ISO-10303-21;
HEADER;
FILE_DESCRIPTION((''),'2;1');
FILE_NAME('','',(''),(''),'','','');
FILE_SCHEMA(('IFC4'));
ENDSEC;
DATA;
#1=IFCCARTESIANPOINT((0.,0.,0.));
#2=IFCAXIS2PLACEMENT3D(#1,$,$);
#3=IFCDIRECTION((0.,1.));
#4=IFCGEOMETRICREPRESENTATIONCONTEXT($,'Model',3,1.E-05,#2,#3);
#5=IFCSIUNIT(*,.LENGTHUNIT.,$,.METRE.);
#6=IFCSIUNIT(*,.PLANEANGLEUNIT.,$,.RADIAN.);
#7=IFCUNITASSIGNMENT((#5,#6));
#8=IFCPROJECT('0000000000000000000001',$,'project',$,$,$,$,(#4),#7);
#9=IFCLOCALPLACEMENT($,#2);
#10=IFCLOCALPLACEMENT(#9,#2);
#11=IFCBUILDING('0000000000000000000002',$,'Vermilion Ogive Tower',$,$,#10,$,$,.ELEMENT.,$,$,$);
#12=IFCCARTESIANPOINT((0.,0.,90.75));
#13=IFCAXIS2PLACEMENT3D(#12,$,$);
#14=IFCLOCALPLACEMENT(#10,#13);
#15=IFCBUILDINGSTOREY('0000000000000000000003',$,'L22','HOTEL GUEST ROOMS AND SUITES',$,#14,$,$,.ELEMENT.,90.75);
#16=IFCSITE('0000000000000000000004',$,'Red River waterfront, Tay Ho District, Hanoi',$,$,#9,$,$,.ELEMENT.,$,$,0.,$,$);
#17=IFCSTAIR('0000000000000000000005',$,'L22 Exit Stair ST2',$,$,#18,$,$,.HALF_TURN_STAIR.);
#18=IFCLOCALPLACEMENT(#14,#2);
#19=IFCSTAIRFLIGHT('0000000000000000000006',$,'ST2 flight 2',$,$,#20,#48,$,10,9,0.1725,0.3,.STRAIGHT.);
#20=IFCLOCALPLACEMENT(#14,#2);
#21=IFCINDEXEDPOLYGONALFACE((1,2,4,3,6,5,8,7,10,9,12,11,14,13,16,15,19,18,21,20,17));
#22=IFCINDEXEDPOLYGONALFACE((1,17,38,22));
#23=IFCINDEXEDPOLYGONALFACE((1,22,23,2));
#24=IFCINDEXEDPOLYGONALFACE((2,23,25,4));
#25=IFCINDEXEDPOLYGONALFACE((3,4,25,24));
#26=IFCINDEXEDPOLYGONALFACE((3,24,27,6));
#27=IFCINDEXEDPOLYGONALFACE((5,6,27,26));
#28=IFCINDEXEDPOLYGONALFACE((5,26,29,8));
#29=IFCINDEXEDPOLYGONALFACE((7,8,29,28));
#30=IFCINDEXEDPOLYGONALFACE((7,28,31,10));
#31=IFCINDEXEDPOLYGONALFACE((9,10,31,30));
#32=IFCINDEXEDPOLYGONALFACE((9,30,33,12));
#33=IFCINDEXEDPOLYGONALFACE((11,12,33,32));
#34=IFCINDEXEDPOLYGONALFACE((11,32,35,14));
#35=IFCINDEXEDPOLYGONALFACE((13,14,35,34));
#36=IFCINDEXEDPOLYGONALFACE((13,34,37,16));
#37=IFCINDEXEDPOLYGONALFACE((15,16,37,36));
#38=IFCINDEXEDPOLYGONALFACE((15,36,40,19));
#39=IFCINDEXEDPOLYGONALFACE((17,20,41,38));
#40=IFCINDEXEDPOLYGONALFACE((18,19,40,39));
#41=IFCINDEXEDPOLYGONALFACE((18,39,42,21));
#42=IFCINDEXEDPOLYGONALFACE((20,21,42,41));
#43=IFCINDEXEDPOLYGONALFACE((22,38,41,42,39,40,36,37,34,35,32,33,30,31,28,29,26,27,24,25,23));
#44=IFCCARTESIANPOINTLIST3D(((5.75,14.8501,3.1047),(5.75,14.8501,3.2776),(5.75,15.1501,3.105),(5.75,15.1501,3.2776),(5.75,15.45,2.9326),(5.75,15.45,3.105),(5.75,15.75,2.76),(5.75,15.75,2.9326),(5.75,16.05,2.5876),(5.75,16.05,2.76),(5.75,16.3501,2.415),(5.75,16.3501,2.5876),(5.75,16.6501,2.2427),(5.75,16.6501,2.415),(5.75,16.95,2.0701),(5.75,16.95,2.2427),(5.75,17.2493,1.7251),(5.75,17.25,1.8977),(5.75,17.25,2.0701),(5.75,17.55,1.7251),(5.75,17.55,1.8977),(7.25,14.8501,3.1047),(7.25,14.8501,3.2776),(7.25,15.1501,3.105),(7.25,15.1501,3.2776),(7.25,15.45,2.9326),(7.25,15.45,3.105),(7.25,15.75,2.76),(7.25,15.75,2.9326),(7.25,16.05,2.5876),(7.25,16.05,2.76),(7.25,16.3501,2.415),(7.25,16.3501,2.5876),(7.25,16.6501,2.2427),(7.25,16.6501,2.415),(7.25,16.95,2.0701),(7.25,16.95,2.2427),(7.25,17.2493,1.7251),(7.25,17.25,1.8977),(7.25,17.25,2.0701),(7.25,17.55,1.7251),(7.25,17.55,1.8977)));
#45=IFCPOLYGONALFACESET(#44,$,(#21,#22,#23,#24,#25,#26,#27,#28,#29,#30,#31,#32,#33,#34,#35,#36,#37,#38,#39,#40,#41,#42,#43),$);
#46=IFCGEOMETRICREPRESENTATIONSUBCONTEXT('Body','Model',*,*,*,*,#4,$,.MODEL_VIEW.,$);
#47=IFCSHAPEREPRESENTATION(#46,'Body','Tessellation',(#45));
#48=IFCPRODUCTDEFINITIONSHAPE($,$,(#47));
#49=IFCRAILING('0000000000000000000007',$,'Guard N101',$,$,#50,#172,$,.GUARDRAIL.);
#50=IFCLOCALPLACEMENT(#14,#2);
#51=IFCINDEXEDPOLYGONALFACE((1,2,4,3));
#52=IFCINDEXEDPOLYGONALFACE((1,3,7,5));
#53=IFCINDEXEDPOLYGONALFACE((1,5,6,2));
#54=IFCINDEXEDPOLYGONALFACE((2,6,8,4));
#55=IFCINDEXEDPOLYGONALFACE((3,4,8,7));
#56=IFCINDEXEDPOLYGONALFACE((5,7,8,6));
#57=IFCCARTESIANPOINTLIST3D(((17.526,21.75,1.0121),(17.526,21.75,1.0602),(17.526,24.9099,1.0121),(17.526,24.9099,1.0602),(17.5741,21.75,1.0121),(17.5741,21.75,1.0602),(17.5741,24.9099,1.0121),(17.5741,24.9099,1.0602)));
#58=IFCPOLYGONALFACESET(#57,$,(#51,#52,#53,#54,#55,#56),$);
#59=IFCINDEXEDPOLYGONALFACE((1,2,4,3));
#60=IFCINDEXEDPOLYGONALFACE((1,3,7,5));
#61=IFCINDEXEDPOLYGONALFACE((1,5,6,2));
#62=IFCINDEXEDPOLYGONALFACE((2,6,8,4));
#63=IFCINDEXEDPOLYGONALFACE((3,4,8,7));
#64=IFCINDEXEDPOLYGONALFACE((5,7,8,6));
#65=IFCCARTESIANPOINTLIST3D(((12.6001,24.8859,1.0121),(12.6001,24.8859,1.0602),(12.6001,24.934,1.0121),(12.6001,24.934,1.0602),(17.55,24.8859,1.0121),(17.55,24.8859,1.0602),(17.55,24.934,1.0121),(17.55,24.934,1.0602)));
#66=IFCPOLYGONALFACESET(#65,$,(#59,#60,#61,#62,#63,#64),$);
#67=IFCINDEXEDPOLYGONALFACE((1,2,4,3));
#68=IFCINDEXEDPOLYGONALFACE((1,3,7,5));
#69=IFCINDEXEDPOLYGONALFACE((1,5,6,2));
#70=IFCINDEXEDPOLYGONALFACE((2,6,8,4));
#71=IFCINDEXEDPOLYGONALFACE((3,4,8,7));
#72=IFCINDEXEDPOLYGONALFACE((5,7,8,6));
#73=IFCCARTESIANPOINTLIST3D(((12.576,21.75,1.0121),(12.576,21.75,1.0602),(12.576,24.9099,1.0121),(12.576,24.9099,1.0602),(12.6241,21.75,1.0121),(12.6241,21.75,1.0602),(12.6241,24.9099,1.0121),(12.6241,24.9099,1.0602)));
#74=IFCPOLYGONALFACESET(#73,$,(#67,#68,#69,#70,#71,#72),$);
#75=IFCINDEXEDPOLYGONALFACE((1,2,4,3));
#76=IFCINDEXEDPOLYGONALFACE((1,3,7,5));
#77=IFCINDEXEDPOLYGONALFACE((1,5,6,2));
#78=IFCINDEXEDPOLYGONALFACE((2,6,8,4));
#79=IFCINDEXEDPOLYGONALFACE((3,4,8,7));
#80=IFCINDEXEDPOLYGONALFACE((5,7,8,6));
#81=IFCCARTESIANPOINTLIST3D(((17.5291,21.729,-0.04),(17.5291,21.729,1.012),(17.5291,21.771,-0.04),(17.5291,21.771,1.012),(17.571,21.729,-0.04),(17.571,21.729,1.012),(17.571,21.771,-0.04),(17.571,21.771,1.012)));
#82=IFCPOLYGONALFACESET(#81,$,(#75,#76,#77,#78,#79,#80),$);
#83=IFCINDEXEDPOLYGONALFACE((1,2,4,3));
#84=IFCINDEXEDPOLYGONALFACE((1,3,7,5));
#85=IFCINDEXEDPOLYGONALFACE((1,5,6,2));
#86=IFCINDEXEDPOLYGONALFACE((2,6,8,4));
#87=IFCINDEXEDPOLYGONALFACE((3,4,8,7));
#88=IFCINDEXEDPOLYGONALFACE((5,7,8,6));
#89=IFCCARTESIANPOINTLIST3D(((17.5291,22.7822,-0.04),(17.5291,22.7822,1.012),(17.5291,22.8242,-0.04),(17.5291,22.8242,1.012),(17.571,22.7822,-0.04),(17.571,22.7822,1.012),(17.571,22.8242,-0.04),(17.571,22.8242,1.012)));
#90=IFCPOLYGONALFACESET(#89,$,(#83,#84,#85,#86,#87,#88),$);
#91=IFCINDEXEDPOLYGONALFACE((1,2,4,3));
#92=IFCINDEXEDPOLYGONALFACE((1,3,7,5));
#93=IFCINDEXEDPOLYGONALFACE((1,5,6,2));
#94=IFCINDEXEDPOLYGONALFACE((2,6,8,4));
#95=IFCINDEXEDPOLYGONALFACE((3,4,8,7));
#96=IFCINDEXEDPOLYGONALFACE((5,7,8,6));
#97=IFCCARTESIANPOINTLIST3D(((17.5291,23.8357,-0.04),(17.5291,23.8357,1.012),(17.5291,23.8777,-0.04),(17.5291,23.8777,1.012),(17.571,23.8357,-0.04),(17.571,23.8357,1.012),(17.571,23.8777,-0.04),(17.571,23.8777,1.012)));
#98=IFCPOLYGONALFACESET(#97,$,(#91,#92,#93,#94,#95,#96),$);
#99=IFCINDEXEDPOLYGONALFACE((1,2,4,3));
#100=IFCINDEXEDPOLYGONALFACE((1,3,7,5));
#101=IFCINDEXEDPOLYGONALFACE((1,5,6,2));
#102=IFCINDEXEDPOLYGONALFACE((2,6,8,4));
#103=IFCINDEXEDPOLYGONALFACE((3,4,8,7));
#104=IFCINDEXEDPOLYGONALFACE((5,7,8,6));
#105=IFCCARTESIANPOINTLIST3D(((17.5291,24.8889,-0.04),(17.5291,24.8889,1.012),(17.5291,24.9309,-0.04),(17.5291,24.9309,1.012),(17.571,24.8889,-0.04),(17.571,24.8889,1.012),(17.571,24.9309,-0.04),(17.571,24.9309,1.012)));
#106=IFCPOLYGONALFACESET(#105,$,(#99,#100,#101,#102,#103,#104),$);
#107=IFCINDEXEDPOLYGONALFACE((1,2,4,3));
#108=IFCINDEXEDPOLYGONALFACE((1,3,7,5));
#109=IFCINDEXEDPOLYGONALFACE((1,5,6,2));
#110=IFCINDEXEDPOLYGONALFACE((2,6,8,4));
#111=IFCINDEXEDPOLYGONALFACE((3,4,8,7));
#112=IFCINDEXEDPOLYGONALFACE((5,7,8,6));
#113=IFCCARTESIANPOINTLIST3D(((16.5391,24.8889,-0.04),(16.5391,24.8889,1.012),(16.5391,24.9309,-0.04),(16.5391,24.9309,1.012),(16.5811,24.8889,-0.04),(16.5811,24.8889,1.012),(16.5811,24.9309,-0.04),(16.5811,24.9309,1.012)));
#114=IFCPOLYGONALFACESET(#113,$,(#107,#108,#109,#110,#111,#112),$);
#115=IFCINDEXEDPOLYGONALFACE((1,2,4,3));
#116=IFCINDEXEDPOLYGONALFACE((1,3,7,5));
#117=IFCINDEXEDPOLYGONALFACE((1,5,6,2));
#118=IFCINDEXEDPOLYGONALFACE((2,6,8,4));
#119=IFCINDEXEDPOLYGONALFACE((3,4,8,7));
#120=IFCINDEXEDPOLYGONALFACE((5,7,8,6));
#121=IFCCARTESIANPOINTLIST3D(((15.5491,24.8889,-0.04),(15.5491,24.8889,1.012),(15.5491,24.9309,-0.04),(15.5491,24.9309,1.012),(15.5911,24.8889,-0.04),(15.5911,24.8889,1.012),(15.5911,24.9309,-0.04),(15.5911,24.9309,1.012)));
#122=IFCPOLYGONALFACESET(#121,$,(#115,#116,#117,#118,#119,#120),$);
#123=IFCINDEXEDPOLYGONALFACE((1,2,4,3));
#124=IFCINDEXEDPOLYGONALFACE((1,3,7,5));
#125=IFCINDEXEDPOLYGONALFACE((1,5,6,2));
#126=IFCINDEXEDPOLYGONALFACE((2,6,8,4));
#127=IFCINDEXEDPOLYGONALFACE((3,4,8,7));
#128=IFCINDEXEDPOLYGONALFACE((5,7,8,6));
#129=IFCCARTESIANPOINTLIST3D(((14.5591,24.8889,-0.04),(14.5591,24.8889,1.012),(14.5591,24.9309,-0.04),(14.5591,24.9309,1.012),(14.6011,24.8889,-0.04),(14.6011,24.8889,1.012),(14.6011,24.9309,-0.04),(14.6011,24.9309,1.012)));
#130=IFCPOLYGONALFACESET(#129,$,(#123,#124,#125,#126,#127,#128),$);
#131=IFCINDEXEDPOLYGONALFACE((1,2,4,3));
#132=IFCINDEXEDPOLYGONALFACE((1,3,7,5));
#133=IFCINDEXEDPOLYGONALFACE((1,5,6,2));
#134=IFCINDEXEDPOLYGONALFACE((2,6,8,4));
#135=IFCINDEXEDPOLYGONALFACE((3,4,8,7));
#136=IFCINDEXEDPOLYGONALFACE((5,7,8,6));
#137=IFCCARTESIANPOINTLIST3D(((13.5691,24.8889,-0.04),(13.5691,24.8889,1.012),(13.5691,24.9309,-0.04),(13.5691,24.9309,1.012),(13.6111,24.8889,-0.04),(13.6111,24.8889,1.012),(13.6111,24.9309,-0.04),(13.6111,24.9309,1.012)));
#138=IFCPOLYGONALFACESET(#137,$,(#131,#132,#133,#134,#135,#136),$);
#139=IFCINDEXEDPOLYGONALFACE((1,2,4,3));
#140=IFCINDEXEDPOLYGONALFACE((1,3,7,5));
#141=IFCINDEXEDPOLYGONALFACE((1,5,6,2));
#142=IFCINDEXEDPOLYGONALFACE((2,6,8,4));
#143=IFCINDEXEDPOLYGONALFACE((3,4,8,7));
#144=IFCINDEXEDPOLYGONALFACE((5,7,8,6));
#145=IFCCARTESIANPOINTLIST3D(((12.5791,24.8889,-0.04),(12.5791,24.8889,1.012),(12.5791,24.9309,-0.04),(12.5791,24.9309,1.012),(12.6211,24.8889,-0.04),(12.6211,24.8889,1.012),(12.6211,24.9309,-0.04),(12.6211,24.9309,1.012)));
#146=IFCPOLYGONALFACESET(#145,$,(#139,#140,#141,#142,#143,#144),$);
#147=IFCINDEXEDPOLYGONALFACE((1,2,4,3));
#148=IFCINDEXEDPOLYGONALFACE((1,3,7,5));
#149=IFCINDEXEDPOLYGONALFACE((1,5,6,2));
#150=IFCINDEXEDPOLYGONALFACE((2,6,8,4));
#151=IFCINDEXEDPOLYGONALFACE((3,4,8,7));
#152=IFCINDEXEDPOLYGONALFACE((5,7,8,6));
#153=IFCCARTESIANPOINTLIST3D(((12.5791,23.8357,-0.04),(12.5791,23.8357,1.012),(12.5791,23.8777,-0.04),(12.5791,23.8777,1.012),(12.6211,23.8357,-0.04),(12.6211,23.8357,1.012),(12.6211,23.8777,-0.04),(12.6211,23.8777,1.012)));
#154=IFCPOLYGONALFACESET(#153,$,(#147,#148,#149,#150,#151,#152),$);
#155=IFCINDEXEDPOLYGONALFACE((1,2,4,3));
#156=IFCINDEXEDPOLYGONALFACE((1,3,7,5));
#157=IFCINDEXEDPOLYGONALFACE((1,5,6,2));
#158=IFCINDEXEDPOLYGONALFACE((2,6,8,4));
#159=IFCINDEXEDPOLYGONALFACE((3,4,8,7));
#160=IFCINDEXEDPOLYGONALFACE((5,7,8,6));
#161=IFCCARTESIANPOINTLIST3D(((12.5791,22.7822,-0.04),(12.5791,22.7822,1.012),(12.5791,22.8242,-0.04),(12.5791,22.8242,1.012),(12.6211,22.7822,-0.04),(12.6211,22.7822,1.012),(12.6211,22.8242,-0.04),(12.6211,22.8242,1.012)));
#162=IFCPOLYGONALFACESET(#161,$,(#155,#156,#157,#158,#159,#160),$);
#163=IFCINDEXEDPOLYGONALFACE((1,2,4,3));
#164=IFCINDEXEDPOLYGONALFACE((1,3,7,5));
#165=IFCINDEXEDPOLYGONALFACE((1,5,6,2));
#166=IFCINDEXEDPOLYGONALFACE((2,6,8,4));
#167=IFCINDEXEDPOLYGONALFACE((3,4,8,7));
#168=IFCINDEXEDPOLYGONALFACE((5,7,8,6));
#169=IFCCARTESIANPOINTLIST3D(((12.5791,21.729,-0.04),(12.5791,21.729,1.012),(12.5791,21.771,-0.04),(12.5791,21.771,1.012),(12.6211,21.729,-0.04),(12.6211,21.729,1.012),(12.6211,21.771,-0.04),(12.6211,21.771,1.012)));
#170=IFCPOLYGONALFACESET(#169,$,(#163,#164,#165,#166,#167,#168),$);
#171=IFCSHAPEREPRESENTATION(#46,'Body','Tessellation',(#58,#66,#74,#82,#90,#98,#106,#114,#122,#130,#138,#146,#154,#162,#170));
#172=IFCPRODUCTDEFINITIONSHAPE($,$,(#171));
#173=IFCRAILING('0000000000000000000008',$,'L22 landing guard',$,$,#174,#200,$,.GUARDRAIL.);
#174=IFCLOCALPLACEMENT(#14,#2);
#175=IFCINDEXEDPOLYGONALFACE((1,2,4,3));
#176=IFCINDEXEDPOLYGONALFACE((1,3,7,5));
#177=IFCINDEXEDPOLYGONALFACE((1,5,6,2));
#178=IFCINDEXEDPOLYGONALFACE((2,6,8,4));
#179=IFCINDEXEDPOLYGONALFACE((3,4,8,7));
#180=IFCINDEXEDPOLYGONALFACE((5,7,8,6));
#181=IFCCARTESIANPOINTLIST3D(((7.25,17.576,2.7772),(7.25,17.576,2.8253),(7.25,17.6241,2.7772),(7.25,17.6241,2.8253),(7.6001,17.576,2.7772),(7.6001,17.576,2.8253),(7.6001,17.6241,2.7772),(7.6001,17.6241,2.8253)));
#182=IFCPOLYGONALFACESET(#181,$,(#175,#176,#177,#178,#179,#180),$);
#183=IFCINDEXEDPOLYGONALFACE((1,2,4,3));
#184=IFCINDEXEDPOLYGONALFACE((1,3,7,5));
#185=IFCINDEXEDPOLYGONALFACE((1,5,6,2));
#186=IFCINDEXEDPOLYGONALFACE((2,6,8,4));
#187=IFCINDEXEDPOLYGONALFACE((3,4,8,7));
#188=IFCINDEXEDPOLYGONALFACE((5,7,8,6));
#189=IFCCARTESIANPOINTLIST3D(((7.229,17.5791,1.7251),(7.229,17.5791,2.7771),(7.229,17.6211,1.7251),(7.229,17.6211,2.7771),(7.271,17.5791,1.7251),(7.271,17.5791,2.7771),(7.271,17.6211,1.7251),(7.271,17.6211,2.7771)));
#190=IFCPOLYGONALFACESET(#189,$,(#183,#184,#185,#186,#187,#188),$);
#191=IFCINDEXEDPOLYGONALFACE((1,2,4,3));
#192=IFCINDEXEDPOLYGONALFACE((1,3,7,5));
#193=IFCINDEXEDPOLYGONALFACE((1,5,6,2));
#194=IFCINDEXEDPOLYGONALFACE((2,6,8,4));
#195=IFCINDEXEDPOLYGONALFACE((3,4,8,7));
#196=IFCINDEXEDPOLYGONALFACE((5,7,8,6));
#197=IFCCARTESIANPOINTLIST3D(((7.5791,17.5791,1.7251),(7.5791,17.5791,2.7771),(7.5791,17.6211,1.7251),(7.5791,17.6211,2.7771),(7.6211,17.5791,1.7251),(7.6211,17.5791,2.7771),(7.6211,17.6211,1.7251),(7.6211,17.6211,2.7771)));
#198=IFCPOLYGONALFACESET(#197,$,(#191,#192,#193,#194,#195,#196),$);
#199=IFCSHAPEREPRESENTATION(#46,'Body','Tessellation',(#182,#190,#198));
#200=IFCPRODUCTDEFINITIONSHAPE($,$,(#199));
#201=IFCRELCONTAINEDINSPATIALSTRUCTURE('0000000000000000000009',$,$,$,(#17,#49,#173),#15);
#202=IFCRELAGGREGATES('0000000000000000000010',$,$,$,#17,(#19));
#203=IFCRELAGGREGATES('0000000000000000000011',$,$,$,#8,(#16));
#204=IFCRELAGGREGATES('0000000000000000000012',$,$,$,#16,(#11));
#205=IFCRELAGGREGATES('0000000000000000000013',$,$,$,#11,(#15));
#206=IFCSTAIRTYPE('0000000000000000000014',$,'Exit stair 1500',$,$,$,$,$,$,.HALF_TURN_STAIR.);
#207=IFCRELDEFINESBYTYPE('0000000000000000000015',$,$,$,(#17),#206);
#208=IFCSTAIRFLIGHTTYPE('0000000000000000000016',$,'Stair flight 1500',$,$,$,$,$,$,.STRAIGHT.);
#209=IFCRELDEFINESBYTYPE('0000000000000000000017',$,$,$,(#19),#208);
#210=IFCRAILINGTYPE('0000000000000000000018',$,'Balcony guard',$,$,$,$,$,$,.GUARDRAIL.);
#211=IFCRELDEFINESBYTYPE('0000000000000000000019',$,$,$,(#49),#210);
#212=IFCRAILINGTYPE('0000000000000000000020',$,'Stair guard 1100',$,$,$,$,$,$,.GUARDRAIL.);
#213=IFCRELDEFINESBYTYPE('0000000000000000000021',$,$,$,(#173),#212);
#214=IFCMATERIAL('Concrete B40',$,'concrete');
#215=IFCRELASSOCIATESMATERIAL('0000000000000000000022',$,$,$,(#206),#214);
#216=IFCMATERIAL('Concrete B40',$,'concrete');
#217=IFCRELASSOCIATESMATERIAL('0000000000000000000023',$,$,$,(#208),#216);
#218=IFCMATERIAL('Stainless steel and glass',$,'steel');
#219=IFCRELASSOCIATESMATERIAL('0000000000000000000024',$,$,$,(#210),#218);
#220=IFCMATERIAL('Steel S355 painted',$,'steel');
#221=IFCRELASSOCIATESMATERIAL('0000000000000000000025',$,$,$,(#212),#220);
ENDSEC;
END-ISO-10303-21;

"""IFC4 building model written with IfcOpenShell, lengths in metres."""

from ifc_helpers import new_model, si_unit, direction, frame, origin, origin_2d, place, context, subcontext, project, spatial, polyline, rectangle, outline, extrude, material, type_object, element, aggregate, save


model = new_model("IFC4")

# Units and contexts
model_context = context("Model", 3, precision=1e-05, world=origin(), true_north=direction((0.0, 1.0)))
body_context = subcontext(model_context, "Body", "Model", "MODEL_VIEW")
ifc_project = project(units=[si_unit("LENGTHUNIT", "METRE"), si_unit("PLANEANGLEUNIT", "RADIAN")], contexts=[model_context])

# Site, building, storey
site_placement = place(None, origin())
site = spatial("IfcSite", under=ifc_project, at=site_placement, Name="Red River waterfront, Tay Ho District, Hanoi", CompositionType="ELEMENT", RefElevation=0.0)
building_placement = place(site_placement, origin())
building = spatial("IfcBuilding", under=site, at=building_placement, Name="Vermilion Ogive Tower", CompositionType="ELEMENT")
storey_placement = place(building_placement, frame((0.0, 0.0, 90.75)))
storey = spatial("IfcBuildingStorey", under=building, at=storey_placement, Name="L22", Description="HOTEL GUEST ROOMS AND SUITES", CompositionType="ELEMENT", Elevation=90.75)

# Stair, stair flight
ifc_material_1 = material(Name="Concrete B40", Category="concrete")
stair_type = type_object("IfcStairType", Name="Exit stair 1500", PredefinedType="HALF_TURN_STAIR", material=ifc_material_1)
stair_placement = place(storey_placement, origin())
stair = element("IfcStair", 1, at=stair_placement, inside=storey, type_object=stair_type, Name="L22 Exit Stair ST2", PredefinedType="HALF_TURN_STAIR")
ifc_material_2 = material(Name="Concrete B40", Category="concrete")
stair_flight_type = type_object("IfcStairFlightType", Name="Stair flight 1500", PredefinedType="STRAIGHT", material=ifc_material_2)
stair_flight_placement = place(storey_placement, frame((6.5, 17.55, 1.7251), z_axis=(0.0, 0.0, 1.0), x_axis=(0.0, -1.0, 0.0)))
stair_flight = element("IfcStairFlight", 2, at=stair_flight_placement, type_object=stair_flight_type, Name="ST2 flight 2", NumberOfRisers=10, NumberOfTreads=9, PredefinedType="STRAIGHT", RiserHeight=0.1725, TreadLength=0.3, context=body_context, shape_type="SweptSolid", body=[
    extrude(outline(polyline([(0.0, 0.0), (0.0, 0.1726), (0.3, 0.1726), (0.3, 0.345), (0.6001, 0.345), (0.6001, 0.5176), (0.8999, 0.5176), (0.8999, 0.6899), (1.2, 0.6899), (1.2, 0.8625), (1.5, 0.8625), (1.5, 1.0349), (1.8, 1.0349), (1.8, 1.2075), (2.1001, 1.2075), (2.1001, 1.3799), (2.3999, 1.3799), (2.3999, 1.5525), (2.7, 1.5525), (2.7, 1.7251), (2.7, 1.3796), (0.3008, 0.0), (0.0, 0.0)])), frame((0.0, 0.75, 0.0), z_axis=(0.0, -1.0, 0.0), x_axis=(1.0, 0.0, 0.0)), (0.0, 0.0, 1.0), 1.5),
])
aggregate(stair, [stair_flight])

# Railings
ifc_material_3 = material(Name="Stainless steel and glass", Category="steel")
railing_type_1 = type_object("IfcRailingType", Name="Balcony guard", PredefinedType="GUARDRAIL", material=ifc_material_3)
railing_1_placement = place(storey_placement, frame((17.55, 21.75, -0.04)))
element("IfcRailing", 3, at=railing_1_placement, inside=storey, type_object=railing_type_1, Name="Guard N101", PredefinedType="GUARDRAIL", context=body_context, shape_type="SweptSolid", body=[
    extrude(rectangle(XDim=0.0481, YDim=0.0481, at=origin_2d()), frame((0.0, 0.0, 1.0762), z_axis=(0.0, 1.0, 0.0), x_axis=(-1.0, 0.0, 0.0)), (0.0, 0.0, 1.0), 3.1599),
    extrude(rectangle(XDim=0.0481, YDim=0.0481, at=origin_2d()), frame((0.0, 3.1599, 1.0762), z_axis=(-1.0, 0.0, 0.0), x_axis=(0.0, -1.0, 0.0)), (0.0, 0.0, 1.0), 4.95),
    extrude(rectangle(XDim=0.0481, YDim=0.0481, at=origin_2d()), frame((-4.95, 3.1599, 1.0762), z_axis=(0.0, -1.0, 0.0), x_axis=(1.0, 0.0, 0.0)), (0.0, 0.0, 1.0), 3.1599),
    extrude(rectangle(XDim=0.042, YDim=0.042, at=origin_2d()), origin(), (0.0, 0.0, 1.0), 1.052),
    extrude(rectangle(XDim=0.042, YDim=0.042, at=origin_2d()), frame((0.0, 1.0532, 0.0)), (0.0, 0.0, 1.0), 1.052),
    extrude(rectangle(XDim=0.042, YDim=0.042, at=origin_2d()), frame((0.0, 2.1067, 0.0)), (0.0, 0.0, 1.0), 1.052),
    extrude(rectangle(XDim=0.042, YDim=0.042, at=origin_2d()), frame((0.0, 3.1599, 0.0)), (0.0, 0.0, 1.0), 1.052),
    extrude(rectangle(XDim=0.042, YDim=0.042, at=origin_2d()), frame((-0.99, 3.1599, 0.0)), (0.0, 0.0, 1.0), 1.052),
    extrude(rectangle(XDim=0.042, YDim=0.042, at=origin_2d()), frame((-1.98, 3.1599, 0.0)), (0.0, 0.0, 1.0), 1.052),
    extrude(rectangle(XDim=0.042, YDim=0.042, at=origin_2d()), frame((-2.97, 3.1599, 0.0)), (0.0, 0.0, 1.0), 1.052),
    extrude(rectangle(XDim=0.042, YDim=0.042, at=origin_2d()), frame((-3.96, 3.1599, 0.0)), (0.0, 0.0, 1.0), 1.052),
    extrude(rectangle(XDim=0.042, YDim=0.042, at=origin_2d()), frame((-4.95, 3.1599, 0.0)), (0.0, 0.0, 1.0), 1.052),
    extrude(rectangle(XDim=0.042, YDim=0.042, at=origin_2d()), frame((-4.95, 2.1067, 0.0)), (0.0, 0.0, 1.0), 1.052),
    extrude(rectangle(XDim=0.042, YDim=0.042, at=origin_2d()), frame((-4.95, 1.0532, 0.0)), (0.0, 0.0, 1.0), 1.052),
    extrude(rectangle(XDim=0.042, YDim=0.042, at=origin_2d()), frame((-4.95, 0.0, 0.0)), (0.0, 0.0, 1.0), 1.052),
])
ifc_material_4 = material(Name="Steel S355 painted", Category="steel")
railing_type_2 = type_object("IfcRailingType", Name="Stair guard 1100", PredefinedType="GUARDRAIL", material=ifc_material_4)
railing_2_placement = place(storey_placement, frame((7.25, 17.6001, 1.7251)))
element("IfcRailing", 4, at=railing_2_placement, inside=storey, type_object=railing_type_2, Name="L22 landing guard", PredefinedType="GUARDRAIL", context=body_context, shape_type="SweptSolid", body=[
    extrude(rectangle(XDim=0.0481, YDim=0.0481, at=origin_2d()), frame((0.0, 0.0, 1.0762), z_axis=(1.0, 0.0, 0.0), x_axis=(0.0, 1.0, 0.0)), (0.0, 0.0, 1.0), 0.3501),
    extrude(rectangle(XDim=0.042, YDim=0.042, at=origin_2d()), origin(), (0.0, 0.0, 1.0), 1.052),
    extrude(rectangle(XDim=0.042, YDim=0.042, at=origin_2d()), frame((0.3501, 0.0, 0.0)), (0.0, 0.0, 1.0), 1.052),
])

save(model, "model.ifc")
